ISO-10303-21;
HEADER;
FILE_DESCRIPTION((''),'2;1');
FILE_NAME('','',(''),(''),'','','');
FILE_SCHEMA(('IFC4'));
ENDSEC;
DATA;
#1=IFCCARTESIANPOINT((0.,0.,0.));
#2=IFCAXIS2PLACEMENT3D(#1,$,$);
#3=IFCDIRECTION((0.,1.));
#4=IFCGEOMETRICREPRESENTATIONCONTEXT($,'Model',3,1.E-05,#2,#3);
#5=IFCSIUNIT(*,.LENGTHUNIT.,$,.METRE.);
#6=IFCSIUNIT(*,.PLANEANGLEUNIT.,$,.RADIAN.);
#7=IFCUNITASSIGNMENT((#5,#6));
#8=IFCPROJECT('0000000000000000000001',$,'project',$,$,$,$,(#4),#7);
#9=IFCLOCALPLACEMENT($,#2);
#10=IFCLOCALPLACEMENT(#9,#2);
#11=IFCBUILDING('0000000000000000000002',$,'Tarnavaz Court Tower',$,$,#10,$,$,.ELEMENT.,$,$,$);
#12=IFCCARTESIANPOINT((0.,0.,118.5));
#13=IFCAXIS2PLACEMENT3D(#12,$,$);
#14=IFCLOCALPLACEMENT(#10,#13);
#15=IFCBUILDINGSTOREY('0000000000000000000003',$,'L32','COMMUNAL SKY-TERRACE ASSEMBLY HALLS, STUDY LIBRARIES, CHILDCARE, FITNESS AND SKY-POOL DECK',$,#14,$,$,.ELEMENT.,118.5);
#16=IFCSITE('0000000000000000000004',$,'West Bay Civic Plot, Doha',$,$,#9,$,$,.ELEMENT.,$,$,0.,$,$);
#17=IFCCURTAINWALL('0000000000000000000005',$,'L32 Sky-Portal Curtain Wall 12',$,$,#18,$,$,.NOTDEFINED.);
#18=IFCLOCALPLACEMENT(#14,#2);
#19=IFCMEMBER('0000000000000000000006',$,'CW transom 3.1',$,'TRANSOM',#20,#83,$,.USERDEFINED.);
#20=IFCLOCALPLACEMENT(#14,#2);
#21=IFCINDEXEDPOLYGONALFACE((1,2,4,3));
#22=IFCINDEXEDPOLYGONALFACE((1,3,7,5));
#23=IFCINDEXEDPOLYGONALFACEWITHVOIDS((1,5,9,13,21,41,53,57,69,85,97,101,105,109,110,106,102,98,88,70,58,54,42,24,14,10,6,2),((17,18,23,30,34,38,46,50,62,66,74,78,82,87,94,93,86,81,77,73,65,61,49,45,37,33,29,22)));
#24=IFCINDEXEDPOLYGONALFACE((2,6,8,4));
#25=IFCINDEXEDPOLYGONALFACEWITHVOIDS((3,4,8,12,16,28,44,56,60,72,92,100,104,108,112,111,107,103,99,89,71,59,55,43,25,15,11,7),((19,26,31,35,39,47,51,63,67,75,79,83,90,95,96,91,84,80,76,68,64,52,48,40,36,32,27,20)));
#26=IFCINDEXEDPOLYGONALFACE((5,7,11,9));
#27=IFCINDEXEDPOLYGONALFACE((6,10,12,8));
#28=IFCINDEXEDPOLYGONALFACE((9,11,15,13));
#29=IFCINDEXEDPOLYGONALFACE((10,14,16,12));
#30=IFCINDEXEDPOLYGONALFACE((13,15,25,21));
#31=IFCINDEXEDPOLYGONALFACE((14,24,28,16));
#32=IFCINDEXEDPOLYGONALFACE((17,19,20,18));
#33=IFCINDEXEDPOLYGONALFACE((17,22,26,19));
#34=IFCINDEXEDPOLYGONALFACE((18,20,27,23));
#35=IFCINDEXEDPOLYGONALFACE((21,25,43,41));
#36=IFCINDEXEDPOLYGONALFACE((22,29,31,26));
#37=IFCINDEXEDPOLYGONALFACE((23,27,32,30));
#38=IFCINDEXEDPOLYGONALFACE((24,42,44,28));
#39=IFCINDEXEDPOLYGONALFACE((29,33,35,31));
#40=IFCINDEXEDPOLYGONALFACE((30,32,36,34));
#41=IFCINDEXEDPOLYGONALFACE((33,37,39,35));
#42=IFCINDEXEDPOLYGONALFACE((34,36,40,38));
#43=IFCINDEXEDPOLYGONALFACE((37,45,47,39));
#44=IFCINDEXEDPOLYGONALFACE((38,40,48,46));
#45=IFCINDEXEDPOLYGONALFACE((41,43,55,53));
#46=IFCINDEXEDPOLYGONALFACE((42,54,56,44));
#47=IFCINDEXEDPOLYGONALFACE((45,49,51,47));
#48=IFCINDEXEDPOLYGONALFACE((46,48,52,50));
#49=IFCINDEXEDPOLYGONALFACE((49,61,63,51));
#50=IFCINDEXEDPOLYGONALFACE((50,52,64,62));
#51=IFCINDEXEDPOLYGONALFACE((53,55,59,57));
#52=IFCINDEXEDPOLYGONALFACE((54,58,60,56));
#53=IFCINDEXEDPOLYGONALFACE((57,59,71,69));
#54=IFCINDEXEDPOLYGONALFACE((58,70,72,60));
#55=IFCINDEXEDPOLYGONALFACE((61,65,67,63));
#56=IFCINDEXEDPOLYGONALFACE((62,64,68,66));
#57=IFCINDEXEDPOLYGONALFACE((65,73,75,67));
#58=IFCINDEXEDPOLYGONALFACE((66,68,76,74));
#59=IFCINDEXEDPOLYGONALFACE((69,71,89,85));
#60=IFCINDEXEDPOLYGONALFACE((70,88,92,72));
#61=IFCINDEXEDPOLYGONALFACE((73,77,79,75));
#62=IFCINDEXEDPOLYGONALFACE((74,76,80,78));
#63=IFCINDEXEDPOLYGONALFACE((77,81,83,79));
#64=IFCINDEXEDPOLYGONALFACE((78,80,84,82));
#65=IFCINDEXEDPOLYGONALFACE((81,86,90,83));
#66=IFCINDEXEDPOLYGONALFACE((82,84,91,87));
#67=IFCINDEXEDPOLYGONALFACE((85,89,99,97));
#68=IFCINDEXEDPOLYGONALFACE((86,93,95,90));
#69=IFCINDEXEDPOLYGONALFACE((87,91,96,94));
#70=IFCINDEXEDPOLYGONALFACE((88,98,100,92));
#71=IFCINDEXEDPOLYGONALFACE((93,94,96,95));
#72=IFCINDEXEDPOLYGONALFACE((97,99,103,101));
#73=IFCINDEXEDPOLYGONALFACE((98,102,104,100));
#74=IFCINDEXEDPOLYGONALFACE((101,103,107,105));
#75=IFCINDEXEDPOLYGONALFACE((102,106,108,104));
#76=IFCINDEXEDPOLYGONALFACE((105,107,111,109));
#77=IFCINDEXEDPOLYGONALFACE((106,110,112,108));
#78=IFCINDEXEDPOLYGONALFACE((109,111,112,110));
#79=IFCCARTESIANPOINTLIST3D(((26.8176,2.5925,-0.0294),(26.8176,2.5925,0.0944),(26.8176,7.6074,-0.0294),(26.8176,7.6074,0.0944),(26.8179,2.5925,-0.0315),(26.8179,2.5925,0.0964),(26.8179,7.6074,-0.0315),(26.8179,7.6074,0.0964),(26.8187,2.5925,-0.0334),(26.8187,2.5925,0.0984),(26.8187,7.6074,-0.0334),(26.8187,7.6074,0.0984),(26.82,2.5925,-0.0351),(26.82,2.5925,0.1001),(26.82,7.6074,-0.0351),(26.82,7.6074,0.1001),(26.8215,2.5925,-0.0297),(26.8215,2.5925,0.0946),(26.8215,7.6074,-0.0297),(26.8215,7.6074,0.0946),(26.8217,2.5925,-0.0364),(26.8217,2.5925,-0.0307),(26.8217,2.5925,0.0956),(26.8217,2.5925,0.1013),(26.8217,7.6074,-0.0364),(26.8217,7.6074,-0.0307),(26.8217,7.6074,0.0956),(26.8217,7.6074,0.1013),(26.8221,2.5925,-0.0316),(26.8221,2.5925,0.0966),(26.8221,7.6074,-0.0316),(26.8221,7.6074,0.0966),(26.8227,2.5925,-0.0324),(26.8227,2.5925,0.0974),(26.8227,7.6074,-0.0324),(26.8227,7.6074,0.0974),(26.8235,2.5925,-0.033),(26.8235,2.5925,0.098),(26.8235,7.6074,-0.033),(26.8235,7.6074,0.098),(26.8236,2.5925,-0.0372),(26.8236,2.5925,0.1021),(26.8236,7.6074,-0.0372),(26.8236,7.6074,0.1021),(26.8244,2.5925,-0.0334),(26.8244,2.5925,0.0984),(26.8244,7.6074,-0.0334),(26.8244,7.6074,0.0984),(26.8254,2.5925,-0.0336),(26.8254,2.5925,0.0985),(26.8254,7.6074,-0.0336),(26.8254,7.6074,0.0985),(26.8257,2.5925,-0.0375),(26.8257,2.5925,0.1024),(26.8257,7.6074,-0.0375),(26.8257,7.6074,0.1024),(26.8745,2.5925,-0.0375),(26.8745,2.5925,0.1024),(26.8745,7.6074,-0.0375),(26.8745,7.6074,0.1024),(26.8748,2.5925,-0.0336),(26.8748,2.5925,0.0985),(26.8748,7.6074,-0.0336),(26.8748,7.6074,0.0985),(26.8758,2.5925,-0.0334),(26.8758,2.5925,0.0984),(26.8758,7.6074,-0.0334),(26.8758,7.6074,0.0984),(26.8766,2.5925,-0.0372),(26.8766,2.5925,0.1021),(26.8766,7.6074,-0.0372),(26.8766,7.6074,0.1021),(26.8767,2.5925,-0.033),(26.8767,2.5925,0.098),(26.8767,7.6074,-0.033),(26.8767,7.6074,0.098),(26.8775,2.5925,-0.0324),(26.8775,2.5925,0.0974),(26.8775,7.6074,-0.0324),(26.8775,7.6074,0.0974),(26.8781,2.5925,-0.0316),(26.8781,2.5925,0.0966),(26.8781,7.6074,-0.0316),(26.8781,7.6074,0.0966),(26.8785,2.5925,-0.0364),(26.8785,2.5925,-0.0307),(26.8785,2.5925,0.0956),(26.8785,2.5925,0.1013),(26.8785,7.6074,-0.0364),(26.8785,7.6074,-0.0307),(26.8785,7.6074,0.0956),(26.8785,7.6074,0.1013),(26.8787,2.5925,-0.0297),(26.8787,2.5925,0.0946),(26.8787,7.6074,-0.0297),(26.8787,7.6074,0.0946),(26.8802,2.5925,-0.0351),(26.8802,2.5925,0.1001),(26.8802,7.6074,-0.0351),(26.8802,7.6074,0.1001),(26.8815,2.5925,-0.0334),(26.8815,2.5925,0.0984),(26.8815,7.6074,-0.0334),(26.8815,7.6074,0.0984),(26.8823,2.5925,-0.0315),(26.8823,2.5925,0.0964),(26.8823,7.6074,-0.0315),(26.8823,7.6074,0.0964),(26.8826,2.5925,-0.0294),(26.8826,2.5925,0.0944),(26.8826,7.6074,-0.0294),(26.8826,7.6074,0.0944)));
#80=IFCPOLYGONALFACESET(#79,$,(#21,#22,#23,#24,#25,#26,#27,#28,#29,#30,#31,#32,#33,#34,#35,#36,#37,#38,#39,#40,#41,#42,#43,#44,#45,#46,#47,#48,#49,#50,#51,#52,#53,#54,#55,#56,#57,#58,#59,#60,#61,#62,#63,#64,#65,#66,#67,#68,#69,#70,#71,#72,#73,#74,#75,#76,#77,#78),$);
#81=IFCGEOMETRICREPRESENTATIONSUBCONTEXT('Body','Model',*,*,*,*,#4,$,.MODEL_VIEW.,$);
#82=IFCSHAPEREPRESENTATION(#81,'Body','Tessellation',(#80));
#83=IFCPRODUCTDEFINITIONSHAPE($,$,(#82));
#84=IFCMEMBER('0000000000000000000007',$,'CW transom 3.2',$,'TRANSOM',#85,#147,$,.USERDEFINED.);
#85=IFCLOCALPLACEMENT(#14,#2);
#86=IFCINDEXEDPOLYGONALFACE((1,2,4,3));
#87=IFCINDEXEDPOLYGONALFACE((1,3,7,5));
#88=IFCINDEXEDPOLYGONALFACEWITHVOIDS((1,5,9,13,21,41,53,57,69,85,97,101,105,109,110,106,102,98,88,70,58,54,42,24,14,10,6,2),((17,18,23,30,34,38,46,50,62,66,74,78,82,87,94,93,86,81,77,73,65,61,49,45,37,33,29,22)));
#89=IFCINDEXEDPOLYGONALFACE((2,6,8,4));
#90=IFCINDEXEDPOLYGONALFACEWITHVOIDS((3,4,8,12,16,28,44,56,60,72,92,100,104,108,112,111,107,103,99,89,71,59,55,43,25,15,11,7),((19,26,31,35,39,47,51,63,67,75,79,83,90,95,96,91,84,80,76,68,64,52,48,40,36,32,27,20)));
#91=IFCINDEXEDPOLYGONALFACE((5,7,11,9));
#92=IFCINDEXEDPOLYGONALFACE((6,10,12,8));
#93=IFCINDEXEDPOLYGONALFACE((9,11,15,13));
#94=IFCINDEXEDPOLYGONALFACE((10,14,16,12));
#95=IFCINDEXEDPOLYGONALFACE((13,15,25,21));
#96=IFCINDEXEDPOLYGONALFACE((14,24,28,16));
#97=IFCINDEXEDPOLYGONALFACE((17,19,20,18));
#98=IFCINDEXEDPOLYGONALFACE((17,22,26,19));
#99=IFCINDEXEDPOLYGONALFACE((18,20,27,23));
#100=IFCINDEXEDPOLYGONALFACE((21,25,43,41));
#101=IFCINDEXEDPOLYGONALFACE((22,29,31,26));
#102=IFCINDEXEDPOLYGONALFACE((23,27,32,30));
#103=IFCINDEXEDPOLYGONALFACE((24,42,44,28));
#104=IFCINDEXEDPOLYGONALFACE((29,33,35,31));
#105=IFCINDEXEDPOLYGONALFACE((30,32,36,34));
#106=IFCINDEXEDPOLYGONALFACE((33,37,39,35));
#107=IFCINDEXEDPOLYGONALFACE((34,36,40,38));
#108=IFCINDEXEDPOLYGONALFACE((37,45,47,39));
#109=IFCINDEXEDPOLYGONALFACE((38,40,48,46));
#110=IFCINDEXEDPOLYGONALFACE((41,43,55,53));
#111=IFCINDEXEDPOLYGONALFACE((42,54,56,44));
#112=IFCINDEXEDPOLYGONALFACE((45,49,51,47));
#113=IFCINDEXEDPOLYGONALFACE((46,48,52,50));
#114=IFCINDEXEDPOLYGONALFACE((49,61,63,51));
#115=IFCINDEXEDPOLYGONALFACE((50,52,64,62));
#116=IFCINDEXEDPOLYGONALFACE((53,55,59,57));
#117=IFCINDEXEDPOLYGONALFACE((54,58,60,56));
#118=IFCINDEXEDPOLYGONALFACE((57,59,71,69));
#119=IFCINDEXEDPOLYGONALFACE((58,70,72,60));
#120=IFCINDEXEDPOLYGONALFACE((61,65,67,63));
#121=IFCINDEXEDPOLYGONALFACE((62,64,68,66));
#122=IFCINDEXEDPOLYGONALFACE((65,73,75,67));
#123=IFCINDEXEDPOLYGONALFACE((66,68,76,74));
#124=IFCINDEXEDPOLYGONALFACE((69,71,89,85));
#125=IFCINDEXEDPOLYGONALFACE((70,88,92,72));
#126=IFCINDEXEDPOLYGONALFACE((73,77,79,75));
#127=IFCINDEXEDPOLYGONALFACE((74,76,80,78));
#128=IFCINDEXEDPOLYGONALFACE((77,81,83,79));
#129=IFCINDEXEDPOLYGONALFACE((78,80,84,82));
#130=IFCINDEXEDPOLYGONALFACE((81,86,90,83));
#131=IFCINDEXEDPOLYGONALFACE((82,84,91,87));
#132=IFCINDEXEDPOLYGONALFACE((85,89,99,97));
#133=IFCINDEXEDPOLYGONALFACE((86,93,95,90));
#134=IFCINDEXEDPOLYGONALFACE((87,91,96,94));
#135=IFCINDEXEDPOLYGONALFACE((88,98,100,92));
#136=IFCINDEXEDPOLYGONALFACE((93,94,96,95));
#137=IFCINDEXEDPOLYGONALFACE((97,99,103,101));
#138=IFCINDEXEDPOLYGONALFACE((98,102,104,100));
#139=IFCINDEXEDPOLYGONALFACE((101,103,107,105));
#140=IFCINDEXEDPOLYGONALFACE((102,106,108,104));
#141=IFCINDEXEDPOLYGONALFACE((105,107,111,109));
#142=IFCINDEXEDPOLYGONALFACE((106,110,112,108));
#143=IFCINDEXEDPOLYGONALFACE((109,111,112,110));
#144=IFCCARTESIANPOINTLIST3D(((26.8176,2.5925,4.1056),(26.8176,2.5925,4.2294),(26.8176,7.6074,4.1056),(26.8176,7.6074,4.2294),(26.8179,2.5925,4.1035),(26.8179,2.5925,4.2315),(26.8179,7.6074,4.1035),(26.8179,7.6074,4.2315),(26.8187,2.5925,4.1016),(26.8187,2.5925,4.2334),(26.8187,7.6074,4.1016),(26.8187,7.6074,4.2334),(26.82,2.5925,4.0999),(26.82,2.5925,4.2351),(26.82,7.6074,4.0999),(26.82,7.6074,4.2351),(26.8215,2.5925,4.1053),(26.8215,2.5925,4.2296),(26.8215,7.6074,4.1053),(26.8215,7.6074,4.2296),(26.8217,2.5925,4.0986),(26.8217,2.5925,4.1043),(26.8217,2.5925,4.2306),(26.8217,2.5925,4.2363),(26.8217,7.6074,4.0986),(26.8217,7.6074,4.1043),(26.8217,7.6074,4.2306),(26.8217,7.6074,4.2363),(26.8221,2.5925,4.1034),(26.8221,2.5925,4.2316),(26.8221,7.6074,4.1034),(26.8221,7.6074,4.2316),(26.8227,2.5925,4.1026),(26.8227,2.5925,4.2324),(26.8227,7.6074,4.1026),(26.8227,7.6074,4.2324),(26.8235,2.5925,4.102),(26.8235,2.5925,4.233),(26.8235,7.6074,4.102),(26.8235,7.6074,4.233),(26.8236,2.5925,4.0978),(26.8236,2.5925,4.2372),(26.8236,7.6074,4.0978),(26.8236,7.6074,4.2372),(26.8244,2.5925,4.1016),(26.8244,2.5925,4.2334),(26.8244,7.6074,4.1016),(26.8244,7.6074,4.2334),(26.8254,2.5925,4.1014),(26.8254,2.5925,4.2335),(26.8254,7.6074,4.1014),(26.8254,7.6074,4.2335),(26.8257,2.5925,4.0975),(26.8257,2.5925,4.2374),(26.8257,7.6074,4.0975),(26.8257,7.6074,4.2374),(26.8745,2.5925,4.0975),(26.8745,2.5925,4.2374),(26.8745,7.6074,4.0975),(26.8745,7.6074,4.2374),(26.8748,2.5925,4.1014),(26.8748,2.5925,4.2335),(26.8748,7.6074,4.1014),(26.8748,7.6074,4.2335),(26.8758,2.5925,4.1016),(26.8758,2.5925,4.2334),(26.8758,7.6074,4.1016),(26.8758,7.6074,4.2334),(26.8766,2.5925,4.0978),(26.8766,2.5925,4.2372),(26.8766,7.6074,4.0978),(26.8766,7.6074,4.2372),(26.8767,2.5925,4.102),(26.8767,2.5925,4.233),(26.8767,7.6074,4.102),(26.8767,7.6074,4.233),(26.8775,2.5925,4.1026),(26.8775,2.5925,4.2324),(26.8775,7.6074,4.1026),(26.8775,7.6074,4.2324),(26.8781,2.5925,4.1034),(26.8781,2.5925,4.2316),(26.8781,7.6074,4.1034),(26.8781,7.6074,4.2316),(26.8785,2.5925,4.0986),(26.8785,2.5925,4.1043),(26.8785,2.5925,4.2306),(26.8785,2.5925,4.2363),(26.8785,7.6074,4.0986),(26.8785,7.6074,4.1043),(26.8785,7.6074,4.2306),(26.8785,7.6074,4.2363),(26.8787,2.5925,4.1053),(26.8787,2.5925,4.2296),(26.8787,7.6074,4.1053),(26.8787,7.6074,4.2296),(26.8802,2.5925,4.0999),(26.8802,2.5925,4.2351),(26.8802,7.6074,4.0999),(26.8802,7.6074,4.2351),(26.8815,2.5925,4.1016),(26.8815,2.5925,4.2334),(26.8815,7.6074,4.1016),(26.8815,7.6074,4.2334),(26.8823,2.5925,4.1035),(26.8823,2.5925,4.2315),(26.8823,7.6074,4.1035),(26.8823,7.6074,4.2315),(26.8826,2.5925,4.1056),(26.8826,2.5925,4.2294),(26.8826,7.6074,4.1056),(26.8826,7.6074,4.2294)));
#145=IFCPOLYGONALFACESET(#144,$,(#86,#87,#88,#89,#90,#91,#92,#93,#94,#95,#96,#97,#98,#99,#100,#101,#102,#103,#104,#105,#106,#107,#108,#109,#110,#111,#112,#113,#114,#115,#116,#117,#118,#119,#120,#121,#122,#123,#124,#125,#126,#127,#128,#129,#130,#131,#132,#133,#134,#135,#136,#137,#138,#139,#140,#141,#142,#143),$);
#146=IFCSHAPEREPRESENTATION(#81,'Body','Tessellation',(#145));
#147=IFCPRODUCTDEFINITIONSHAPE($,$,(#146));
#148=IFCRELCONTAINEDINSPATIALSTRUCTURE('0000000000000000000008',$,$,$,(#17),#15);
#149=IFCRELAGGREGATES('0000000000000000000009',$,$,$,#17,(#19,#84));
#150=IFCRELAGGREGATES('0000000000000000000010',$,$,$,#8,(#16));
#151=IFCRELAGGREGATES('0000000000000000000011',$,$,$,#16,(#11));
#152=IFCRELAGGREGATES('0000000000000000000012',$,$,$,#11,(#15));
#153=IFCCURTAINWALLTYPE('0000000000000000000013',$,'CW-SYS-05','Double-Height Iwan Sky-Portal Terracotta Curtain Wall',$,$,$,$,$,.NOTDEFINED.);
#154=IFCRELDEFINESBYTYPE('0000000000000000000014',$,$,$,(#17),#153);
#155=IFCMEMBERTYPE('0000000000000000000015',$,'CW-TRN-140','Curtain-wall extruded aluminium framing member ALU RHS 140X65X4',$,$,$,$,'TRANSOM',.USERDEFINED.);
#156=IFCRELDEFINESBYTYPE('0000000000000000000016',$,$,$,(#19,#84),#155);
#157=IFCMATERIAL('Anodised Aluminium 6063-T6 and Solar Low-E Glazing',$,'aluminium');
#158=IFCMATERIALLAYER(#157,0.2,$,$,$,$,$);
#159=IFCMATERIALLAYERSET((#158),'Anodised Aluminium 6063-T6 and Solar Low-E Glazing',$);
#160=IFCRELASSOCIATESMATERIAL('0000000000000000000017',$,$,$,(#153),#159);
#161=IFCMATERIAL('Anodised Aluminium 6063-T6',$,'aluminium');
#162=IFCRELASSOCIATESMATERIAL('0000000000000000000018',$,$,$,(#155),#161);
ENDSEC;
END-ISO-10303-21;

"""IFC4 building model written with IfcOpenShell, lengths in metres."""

from ifc_helpers import new_model, si_unit, direction, frame, origin, origin_2d, place, context, subcontext, project, spatial, hollow_rectangle, extrude, material, layer, layer_set, material_profile, profile_set, type_object, element, aggregate, save


model = new_model("IFC4")

# Units and contexts
model_context = context("Model", 3, precision=1e-05, world=origin(), true_north=direction((0.0, 1.0)))
body_context = subcontext(model_context, "Body", "Model", "MODEL_VIEW")
ifc_project = project(units=[si_unit("LENGTHUNIT", "METRE"), si_unit("PLANEANGLEUNIT", "RADIAN")], contexts=[model_context])

# Site, building, storey
site_placement = place(None, origin())
site = spatial("IfcSite", under=ifc_project, at=site_placement, Name="West Bay Civic Plot, Doha", CompositionType="ELEMENT", RefElevation=0.0)
building_placement = place(site_placement, origin())
building = spatial("IfcBuilding", under=site, at=building_placement, Name="Tarnavaz Court Tower", CompositionType="ELEMENT")
storey_placement = place(building_placement, frame((0.0, 0.0, 118.5)))
storey = spatial("IfcBuildingStorey", under=building, at=storey_placement, Name="L32", Description="COMMUNAL SKY-TERRACE ASSEMBLY HALLS, STUDY LIBRARIES, CHILDCARE, FITNESS AND SKY-POOL DECK", CompositionType="ELEMENT", Elevation=118.5)

# Curtain wall, members
ifc_material_1 = material(Name="Anodised Aluminium 6063-T6 and Solar Low-E Glazing", Category="aluminium")
ifc_layer_1 = layer(ifc_material_1, 0.2)
ifc_layer_set_1 = layer_set([ifc_layer_1], Name="Anodised Aluminium 6063-T6 and Solar Low-E Glazing")
curtain_wall_type = type_object("IfcCurtainWallType", Name="CW-SYS-05", Description="Double-Height Iwan Sky-Portal Terracotta Curtain Wall", PredefinedType="NOTDEFINED", material=ifc_layer_set_1)
curtain_wall_placement = place(storey_placement, origin())
curtain_wall = element("IfcCurtainWall", 1, at=curtain_wall_placement, inside=storey, type_object=curtain_wall_type, Name="L32 Sky-Portal Curtain Wall 12", PredefinedType="NOTDEFINED")
ifc_material_2 = material(Name="Anodised Aluminium 6063-T6", Category="aluminium")
ifc_material_profile_1 = material_profile(ifc_material_2, hollow_rectangle(XDim=0.0649, YDim=0.1399, WallThickness=0.0039, InnerFilletRadius=0.0039, OuterFilletRadius=0.0081, at=origin_2d()), Name="ALU RHS 140X65X4")
ifc_profile_set_1 = profile_set([ifc_material_profile_1], Name="Anodised Aluminium 6063-T6")
member_type_1 = type_object("IfcMemberType", Name="CW-TRN-140", Description="Curtain-wall extruded aluminium framing member ALU RHS 140X65X4", ElementType="TRANSOM", PredefinedType="USERDEFINED", material=ifc_profile_set_1)
member_1_placement = place(storey_placement, frame((26.8501, 7.6074, 0.0325), z_axis=(0.0, -1.0, 0.0), x_axis=(1.0, 0.0, 0.0)))
member_1 = element("IfcMember", 2, at=member_1_placement, type_object=member_type_1, Name="CW transom 3.1", ObjectType="TRANSOM", PredefinedType="USERDEFINED", context=body_context, shape_type="SweptSolid", body=[
    extrude(hollow_rectangle(XDim=0.0649, YDim=0.1399, WallThickness=0.0039, InnerFilletRadius=0.0039, OuterFilletRadius=0.0081, at=origin_2d()), origin(), (0.0, 0.0, 1.0), 5.0149),
])
member_2_placement = place(storey_placement, frame((26.8501, 7.6074, 4.1675), z_axis=(0.0, -1.0, 0.0), x_axis=(1.0, 0.0, 0.0)))
member_2 = element("IfcMember", 3, at=member_2_placement, type_object=member_type_1, Name="CW transom 3.2", ObjectType="TRANSOM", PredefinedType="USERDEFINED", context=body_context, shape_type="SweptSolid", body=[
    extrude(hollow_rectangle(XDim=0.0649, YDim=0.1399, WallThickness=0.0039, InnerFilletRadius=0.0039, OuterFilletRadius=0.0081, at=origin_2d()), origin(), (0.0, 0.0, 1.0), 5.0149),
])
aggregate(curtain_wall, [member_1, member_2])

save(model, "model.ifc")
